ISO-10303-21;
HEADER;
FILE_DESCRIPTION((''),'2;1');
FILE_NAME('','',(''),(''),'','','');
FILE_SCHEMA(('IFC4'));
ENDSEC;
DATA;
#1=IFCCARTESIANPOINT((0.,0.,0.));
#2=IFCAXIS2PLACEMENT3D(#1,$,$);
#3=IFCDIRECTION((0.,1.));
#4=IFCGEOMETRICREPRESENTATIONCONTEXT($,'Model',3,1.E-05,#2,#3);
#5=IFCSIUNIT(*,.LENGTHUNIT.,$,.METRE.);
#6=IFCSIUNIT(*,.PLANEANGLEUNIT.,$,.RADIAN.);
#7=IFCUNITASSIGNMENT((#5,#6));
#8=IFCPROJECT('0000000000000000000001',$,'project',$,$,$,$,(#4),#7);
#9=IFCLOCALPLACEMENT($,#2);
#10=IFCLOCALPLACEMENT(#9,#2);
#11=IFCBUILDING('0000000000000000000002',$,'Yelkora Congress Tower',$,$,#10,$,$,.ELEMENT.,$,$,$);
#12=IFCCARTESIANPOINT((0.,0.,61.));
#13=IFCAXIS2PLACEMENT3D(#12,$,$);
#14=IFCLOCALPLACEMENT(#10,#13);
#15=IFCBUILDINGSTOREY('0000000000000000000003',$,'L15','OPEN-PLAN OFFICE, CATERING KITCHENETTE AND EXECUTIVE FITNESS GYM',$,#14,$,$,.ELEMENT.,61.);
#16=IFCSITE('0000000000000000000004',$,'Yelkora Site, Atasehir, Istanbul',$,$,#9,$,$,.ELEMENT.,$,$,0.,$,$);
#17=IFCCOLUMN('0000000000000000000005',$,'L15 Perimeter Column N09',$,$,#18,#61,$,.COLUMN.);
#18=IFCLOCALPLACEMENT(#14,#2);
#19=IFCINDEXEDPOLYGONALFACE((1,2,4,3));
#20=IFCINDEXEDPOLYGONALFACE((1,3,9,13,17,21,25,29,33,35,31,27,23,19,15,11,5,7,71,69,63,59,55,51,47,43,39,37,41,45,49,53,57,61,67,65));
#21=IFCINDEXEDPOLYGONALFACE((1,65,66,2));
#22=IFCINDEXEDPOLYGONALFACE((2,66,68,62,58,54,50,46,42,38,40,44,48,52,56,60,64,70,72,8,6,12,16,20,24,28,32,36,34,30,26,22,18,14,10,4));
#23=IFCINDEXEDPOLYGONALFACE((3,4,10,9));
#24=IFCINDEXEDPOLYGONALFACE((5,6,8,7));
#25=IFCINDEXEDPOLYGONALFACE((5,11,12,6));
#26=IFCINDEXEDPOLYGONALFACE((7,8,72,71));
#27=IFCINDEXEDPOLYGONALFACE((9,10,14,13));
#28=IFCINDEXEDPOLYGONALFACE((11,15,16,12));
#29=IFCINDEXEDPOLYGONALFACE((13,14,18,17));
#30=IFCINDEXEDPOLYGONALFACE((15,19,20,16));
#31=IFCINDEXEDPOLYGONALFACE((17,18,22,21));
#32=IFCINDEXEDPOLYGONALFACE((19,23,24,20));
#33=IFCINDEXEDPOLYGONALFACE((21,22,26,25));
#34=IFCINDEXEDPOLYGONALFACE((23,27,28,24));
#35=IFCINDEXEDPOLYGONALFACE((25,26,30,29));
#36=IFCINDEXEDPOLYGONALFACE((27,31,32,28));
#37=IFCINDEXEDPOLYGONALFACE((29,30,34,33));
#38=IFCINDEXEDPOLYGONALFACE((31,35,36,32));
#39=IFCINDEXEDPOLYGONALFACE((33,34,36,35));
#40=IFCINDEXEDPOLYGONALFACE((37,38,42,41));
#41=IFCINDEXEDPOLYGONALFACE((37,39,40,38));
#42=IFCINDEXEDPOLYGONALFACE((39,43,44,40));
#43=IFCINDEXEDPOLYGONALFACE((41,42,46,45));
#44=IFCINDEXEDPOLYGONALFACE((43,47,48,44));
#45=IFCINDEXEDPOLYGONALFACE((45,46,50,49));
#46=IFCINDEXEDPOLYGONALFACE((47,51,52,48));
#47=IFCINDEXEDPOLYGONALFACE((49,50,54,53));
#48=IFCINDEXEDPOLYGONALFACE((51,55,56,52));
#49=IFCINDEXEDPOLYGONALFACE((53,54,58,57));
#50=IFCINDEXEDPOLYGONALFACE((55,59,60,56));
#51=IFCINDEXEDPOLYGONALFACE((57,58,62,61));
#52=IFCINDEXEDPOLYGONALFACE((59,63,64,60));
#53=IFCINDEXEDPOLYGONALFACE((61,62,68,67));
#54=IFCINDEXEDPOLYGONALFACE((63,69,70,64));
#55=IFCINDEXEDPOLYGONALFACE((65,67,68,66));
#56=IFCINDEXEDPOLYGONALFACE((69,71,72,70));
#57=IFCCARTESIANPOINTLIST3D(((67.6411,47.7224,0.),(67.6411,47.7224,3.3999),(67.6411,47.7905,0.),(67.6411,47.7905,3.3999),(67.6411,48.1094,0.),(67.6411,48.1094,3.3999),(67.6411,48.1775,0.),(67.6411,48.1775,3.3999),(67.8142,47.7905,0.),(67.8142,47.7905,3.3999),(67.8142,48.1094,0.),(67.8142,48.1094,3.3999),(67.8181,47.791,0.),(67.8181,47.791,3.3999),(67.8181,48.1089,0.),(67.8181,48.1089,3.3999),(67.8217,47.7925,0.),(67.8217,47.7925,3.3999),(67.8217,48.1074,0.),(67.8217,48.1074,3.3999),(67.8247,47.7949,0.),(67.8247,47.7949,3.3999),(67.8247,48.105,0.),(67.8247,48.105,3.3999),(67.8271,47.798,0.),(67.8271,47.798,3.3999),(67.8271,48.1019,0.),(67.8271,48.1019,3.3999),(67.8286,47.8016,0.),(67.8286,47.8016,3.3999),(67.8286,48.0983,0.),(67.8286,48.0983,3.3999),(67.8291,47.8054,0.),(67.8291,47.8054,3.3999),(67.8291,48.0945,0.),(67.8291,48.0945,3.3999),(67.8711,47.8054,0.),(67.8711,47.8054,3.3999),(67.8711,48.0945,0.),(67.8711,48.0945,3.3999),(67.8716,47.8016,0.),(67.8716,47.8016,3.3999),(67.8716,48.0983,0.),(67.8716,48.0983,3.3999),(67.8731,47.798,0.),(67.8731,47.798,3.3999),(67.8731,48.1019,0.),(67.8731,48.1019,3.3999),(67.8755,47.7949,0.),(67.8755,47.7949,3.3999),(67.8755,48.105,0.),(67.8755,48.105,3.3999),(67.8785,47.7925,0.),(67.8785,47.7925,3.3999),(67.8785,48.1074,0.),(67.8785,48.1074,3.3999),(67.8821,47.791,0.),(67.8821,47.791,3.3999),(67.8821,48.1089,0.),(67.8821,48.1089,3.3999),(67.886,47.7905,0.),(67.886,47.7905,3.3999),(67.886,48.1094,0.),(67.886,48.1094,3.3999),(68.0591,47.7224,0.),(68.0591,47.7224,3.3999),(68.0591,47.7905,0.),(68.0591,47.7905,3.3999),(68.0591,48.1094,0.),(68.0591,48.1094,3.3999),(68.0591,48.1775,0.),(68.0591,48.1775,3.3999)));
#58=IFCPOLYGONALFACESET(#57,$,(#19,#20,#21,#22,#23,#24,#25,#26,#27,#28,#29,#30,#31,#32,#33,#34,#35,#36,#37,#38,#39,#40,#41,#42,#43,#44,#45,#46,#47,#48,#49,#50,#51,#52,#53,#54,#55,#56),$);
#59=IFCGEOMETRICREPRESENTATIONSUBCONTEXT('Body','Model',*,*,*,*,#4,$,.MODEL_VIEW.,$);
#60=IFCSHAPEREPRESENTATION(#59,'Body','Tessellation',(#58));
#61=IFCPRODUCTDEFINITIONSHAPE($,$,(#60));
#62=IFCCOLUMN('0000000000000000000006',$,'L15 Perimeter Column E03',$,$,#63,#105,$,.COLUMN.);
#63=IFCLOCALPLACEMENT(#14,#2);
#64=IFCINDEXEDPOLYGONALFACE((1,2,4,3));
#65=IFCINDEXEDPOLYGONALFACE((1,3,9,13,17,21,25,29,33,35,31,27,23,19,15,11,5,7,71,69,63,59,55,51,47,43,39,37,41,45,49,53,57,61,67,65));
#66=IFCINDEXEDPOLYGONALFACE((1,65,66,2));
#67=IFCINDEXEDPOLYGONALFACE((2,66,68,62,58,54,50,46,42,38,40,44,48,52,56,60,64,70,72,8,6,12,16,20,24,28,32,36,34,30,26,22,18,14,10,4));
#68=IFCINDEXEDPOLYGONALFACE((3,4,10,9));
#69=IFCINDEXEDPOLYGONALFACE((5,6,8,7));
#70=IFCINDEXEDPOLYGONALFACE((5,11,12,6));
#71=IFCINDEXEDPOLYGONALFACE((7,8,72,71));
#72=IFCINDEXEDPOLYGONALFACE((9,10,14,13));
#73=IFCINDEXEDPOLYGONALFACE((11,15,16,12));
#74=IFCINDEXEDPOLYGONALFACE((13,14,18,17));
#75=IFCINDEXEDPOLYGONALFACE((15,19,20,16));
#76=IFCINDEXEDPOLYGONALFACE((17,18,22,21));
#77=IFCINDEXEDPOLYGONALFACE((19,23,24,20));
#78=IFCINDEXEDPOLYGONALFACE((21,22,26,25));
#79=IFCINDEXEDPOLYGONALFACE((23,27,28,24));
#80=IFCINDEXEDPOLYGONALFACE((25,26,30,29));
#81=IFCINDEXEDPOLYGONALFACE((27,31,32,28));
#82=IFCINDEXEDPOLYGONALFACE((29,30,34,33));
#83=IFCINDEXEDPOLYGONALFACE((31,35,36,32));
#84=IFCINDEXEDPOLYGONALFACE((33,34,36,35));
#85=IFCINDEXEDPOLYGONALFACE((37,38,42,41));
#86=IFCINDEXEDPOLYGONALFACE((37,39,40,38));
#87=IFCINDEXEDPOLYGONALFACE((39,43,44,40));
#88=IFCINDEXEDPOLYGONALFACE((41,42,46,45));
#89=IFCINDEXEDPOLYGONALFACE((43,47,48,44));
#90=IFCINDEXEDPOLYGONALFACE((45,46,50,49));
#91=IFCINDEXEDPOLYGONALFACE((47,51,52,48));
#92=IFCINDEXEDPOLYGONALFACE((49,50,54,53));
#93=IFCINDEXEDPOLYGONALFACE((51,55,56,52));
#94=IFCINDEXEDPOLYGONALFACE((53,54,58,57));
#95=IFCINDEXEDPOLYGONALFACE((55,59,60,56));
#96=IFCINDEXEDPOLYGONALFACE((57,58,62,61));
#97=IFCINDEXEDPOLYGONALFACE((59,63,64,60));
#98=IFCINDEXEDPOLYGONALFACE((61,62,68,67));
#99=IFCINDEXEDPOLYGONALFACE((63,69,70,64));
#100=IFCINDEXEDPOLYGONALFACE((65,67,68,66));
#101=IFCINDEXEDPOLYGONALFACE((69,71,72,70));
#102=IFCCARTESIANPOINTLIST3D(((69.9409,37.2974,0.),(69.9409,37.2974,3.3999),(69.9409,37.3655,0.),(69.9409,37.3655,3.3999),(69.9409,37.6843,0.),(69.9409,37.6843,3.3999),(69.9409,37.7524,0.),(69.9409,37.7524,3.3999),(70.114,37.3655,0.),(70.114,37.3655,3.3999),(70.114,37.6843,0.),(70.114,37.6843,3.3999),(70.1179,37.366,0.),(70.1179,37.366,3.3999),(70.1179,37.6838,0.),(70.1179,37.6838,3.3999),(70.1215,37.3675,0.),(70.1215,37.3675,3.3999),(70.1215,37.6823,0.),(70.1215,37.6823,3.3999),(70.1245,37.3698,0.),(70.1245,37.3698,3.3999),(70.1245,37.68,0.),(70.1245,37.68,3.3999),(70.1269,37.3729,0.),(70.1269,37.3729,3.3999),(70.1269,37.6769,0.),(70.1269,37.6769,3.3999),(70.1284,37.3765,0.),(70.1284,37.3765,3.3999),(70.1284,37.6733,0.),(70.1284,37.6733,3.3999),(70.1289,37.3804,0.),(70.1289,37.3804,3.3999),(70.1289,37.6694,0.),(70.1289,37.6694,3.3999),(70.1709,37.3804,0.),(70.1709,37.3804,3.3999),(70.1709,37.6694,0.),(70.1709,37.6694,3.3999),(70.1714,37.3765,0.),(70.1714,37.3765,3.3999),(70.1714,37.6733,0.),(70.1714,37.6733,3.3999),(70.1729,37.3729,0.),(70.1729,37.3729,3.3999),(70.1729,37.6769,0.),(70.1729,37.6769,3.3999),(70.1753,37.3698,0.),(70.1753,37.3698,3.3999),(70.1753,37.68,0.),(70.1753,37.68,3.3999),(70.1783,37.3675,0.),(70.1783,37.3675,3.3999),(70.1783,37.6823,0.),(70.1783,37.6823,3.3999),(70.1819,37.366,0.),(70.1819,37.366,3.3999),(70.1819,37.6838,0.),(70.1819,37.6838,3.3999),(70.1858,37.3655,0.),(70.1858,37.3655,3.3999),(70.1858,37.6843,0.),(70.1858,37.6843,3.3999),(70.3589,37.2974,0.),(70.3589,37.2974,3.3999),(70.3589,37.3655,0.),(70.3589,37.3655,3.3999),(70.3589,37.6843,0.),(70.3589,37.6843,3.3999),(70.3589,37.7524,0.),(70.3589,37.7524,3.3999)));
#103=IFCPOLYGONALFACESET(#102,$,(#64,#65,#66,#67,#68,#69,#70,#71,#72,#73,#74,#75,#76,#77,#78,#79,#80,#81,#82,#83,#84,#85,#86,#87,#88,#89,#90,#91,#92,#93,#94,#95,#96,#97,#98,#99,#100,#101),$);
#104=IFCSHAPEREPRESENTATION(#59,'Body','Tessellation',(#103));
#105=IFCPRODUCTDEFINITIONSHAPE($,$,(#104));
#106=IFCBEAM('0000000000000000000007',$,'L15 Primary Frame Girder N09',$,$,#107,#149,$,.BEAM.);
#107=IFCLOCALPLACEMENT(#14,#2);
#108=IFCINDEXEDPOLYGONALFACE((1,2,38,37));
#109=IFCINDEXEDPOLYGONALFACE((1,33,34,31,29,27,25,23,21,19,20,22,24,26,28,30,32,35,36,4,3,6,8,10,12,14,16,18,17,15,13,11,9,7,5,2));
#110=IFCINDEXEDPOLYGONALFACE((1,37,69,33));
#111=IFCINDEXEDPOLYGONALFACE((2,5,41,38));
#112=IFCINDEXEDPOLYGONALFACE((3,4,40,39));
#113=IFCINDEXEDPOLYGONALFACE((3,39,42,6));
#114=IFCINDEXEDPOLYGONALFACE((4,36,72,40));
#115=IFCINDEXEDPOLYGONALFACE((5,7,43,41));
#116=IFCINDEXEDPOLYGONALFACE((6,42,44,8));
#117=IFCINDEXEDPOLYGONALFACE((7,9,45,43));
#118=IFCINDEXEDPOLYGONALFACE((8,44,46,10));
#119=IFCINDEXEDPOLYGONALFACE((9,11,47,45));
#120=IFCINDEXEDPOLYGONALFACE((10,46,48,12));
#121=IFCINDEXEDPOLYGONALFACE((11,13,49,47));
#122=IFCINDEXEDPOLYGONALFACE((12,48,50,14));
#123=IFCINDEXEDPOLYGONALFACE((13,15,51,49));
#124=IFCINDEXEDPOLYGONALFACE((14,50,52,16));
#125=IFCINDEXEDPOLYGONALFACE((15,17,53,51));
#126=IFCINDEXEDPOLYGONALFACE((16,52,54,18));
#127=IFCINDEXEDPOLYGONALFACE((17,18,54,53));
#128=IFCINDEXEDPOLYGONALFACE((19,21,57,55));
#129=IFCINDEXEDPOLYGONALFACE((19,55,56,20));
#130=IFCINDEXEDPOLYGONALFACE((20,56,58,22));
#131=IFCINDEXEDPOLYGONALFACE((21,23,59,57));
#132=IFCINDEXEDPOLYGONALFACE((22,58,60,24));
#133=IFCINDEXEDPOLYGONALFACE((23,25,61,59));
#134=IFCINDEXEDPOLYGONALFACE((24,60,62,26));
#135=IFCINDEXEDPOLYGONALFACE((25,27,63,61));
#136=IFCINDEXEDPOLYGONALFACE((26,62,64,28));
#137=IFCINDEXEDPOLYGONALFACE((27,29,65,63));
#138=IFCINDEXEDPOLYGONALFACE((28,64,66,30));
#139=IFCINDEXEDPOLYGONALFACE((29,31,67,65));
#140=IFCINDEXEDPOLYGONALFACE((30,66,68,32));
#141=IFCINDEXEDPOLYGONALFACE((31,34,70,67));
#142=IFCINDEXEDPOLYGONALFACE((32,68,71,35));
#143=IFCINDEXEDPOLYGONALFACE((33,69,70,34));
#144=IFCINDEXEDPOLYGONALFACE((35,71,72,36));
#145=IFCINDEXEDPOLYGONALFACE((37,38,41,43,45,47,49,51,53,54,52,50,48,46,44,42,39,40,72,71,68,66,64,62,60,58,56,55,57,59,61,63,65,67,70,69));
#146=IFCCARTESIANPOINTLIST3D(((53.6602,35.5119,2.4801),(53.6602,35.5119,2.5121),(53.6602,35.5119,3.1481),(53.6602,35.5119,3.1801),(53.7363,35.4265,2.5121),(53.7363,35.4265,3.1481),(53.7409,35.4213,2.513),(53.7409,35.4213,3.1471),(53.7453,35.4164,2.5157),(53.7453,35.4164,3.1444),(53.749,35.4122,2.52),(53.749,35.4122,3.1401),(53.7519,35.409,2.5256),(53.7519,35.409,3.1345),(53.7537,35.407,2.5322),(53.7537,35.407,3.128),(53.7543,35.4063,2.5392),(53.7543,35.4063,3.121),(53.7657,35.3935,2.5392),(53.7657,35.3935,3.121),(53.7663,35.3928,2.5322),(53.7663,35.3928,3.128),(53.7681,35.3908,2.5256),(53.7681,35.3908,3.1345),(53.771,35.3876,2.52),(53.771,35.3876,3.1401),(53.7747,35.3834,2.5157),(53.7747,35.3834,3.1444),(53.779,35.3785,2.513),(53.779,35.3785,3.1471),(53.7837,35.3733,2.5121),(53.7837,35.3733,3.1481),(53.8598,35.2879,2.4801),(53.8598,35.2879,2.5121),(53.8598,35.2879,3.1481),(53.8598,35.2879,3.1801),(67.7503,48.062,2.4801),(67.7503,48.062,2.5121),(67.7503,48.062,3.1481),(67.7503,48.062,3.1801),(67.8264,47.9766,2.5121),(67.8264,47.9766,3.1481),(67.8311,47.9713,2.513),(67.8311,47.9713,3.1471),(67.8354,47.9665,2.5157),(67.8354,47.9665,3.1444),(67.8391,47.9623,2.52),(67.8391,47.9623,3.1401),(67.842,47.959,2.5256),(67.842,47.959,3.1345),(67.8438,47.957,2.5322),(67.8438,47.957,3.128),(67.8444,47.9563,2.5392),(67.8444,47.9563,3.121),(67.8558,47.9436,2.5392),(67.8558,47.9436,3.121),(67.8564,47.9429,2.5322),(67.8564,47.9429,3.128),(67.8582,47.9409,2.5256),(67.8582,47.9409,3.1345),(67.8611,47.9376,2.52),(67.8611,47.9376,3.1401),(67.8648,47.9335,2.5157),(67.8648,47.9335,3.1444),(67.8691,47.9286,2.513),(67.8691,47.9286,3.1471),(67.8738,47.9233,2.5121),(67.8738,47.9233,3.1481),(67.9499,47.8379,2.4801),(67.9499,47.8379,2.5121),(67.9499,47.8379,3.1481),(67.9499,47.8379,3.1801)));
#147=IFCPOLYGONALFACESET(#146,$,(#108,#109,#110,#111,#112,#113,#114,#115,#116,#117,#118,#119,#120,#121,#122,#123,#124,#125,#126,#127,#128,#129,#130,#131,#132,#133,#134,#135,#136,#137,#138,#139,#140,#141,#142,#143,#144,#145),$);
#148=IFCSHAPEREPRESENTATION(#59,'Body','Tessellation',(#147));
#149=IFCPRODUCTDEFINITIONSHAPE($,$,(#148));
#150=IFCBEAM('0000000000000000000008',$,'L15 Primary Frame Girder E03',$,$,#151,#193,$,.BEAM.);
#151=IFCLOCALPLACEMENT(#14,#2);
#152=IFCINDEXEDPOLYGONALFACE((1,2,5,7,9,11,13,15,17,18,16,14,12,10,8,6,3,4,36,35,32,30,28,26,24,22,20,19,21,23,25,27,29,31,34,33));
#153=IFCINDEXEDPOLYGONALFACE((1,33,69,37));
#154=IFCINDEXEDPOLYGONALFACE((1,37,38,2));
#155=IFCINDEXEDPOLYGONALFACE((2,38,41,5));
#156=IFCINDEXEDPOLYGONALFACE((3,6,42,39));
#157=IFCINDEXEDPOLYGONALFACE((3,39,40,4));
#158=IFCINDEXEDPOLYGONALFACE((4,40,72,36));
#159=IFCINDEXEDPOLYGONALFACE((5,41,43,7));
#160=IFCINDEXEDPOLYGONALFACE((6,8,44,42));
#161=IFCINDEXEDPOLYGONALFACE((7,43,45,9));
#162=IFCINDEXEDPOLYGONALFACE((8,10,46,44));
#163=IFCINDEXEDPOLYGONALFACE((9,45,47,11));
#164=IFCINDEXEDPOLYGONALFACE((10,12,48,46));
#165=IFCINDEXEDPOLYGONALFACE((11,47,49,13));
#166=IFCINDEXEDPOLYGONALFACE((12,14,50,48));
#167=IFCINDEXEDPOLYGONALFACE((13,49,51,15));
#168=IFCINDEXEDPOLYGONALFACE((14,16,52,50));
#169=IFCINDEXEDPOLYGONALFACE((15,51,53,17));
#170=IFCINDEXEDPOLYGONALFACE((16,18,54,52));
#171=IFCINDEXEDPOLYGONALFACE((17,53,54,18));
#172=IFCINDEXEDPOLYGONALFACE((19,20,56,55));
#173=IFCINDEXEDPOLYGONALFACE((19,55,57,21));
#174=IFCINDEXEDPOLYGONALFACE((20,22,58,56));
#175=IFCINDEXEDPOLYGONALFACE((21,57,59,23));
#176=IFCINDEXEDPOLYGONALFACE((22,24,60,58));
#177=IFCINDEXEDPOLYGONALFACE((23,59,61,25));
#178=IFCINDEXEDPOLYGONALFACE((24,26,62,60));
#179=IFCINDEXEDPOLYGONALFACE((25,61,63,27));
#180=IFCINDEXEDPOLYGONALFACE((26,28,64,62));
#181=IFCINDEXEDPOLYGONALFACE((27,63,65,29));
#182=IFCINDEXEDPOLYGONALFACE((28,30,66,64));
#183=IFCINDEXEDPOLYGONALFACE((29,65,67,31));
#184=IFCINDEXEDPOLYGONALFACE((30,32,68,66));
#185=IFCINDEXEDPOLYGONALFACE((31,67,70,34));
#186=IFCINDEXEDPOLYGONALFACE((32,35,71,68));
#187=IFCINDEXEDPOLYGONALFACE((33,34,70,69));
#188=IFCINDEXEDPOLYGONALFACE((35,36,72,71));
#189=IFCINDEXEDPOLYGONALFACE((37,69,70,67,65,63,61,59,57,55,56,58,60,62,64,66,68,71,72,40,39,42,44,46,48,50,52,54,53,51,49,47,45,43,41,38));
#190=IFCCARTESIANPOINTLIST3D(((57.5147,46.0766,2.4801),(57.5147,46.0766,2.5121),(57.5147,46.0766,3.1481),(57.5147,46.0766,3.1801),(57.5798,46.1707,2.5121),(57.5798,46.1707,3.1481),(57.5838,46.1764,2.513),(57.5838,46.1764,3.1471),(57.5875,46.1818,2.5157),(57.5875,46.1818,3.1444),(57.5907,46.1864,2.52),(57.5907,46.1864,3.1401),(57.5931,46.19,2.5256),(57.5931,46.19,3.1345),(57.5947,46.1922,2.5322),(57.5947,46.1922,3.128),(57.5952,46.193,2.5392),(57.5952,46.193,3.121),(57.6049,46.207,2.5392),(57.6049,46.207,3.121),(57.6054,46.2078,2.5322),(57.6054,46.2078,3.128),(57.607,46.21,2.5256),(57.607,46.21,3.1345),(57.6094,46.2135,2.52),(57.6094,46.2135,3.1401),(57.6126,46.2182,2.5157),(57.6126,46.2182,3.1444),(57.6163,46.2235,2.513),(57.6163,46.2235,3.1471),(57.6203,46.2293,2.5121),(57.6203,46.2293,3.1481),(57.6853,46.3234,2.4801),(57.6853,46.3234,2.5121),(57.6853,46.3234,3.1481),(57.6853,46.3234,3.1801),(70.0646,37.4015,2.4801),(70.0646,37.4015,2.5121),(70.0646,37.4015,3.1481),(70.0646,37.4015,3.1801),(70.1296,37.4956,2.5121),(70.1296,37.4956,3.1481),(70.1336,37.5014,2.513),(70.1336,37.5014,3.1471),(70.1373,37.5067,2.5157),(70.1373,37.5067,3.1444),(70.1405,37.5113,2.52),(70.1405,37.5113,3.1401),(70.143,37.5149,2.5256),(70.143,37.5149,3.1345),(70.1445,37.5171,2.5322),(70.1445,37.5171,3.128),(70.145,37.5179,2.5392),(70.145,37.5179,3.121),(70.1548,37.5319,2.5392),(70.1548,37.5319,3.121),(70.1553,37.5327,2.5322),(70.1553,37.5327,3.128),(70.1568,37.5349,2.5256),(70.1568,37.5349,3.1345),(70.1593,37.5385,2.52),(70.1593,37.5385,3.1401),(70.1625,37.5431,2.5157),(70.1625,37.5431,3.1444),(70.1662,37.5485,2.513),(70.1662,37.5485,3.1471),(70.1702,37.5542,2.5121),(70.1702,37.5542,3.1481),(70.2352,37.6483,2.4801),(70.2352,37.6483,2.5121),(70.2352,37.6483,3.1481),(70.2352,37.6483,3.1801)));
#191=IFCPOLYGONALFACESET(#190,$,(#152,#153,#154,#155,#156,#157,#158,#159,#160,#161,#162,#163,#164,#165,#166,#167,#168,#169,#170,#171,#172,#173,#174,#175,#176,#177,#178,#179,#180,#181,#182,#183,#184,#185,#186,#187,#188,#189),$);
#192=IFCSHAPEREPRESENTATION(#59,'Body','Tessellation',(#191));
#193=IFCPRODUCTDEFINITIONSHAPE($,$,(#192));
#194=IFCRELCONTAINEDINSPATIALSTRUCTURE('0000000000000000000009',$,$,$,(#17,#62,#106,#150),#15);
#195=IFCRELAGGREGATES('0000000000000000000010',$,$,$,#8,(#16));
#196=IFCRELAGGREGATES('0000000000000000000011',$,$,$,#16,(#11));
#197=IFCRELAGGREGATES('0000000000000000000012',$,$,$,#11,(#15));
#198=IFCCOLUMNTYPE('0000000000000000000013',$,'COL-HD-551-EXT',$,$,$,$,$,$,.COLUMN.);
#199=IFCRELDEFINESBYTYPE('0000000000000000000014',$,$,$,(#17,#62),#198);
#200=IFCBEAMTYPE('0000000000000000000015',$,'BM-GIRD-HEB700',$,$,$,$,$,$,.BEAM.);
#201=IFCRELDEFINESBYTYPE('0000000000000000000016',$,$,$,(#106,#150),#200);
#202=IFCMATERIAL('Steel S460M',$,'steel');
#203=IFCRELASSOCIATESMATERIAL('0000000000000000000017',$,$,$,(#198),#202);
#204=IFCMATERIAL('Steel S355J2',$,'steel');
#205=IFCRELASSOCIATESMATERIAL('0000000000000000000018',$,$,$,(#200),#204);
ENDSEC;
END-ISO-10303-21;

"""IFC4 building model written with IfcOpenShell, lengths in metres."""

from ifc_helpers import new_model, si_unit, direction, frame, origin, origin_2d, place, context, subcontext, project, spatial, i_section, extrude, material, material_profile, profile_set, type_object, element, save


model = new_model("IFC4")

# Units and contexts
model_context = context("Model", 3, precision=1e-05, world=origin(), true_north=direction((0.0, 1.0)))
body_context = subcontext(model_context, "Body", "Model", "MODEL_VIEW")
ifc_project = project(units=[si_unit("LENGTHUNIT", "METRE"), si_unit("PLANEANGLEUNIT", "RADIAN")], contexts=[model_context])

# Site, building, storey
site_placement = place(None, origin())
site = spatial("IfcSite", under=ifc_project, at=site_placement, Name="Yelkora Site, Atasehir, Istanbul", CompositionType="ELEMENT", RefElevation=0.0)
building_placement = place(site_placement, origin())
building = spatial("IfcBuilding", under=site, at=building_placement, Name="Yelkora Congress Tower", CompositionType="ELEMENT")
storey_placement = place(building_placement, frame((0.0, 0.0, 61.0)))
storey = spatial("IfcBuildingStorey", under=building, at=storey_placement, Name="L15", Description="OPEN-PLAN OFFICE, CATERING KITCHENETTE AND EXECUTIVE FITNESS GYM", CompositionType="ELEMENT", Elevation=61.0)

# Columns
ifc_material_1 = material(Name="Steel S460M", Category="steel")
ifc_material_profile_1 = material_profile(ifc_material_1, i_section(OverallWidth=0.418, OverallDepth=0.4551, WebThickness=0.042, FlangeThickness=0.0681, FilletRadius=0.0149, at=origin_2d()), Name="HD 400x551")
ifc_profile_set_1 = profile_set([ifc_material_profile_1], Name="Steel S460M")
column_type = type_object("IfcColumnType", Name="COL-HD-551-EXT", PredefinedType="COLUMN", material=ifc_profile_set_1)
for number, where, z_axis, x_axis, name in (
    (1, (67.8501, 47.95, 0.0), (0.0, 0.0, 1.0), (1.0, 0.0, 0.0), "L15 Perimeter Column N09"),
    (2, (70.1499, 37.5249, 0.0), (0.0, 0.0, 1.0), (1.0, 0.0, 0.0), "L15 Perimeter Column E03"),
):
    element("IfcColumn", number, at=place(storey_placement, frame(where, z_axis=z_axis, x_axis=x_axis)), inside=storey, type_object=column_type, Name=name, PredefinedType="COLUMN", context=body_context, shape_type="SweptSolid", body=[
        extrude(i_section(OverallWidth=0.418, OverallDepth=0.4551, WebThickness=0.042, FlangeThickness=0.0681, FilletRadius=0.0149, at=origin_2d()), origin(), (0.0, 0.0, 1.0), 3.3999),
    ])

# Beams
ifc_material_2 = material(Name="Steel S355J2", Category="steel")
ifc_material_profile_2 = material_profile(ifc_material_2, i_section(OverallWidth=0.3, OverallDepth=0.7, WebThickness=0.0171, FlangeThickness=0.032, FilletRadius=0.0271, at=origin_2d()), Name="HEB 700")
ifc_profile_set_2 = profile_set([ifc_material_profile_2], Name="Steel S355J2")
beam_type_1 = type_object("IfcBeamType", Name="BM-GIRD-HEB700", PredefinedType="BEAM", material=ifc_profile_set_2)
beam_1_placement = place(storey_placement, frame((67.8501, 47.95, 2.8301), z_axis=(-0.746737, -0.665119, 0.0), x_axis=(0.665119, -0.746737, 0.0)))
element("IfcBeam", 3, at=beam_1_placement, inside=storey, type_object=beam_type_1, Name="L15 Primary Frame Girder N09", PredefinedType="BEAM", context=body_context, shape_type="SweptSolid", body=[
    extrude(i_section(OverallWidth=0.3, OverallDepth=0.7, WebThickness=0.0171, FlangeThickness=0.032, FilletRadius=0.0271, at=origin_2d()), origin(), (0.0, 0.0, 1.0), 18.8689),
])
beam_2_placement = place(storey_placement, frame((70.1499, 37.5249, 2.8301), z_axis=(-0.822599, 0.568622, 0.0), x_axis=(-0.568622, -0.822599, 0.0)))
element("IfcBeam", 4, at=beam_2_placement, inside=storey, type_object=beam_type_1, Name="L15 Primary Frame Girder E03", PredefinedType="BEAM", context=body_context, shape_type="SweptSolid", body=[
    extrude(i_section(OverallWidth=0.3, OverallDepth=0.7, WebThickness=0.0171, FlangeThickness=0.032, FilletRadius=0.0271, at=origin_2d()), origin(), (0.0, 0.0, 1.0), 15.2563),
])

save(model, "model.ifc")
